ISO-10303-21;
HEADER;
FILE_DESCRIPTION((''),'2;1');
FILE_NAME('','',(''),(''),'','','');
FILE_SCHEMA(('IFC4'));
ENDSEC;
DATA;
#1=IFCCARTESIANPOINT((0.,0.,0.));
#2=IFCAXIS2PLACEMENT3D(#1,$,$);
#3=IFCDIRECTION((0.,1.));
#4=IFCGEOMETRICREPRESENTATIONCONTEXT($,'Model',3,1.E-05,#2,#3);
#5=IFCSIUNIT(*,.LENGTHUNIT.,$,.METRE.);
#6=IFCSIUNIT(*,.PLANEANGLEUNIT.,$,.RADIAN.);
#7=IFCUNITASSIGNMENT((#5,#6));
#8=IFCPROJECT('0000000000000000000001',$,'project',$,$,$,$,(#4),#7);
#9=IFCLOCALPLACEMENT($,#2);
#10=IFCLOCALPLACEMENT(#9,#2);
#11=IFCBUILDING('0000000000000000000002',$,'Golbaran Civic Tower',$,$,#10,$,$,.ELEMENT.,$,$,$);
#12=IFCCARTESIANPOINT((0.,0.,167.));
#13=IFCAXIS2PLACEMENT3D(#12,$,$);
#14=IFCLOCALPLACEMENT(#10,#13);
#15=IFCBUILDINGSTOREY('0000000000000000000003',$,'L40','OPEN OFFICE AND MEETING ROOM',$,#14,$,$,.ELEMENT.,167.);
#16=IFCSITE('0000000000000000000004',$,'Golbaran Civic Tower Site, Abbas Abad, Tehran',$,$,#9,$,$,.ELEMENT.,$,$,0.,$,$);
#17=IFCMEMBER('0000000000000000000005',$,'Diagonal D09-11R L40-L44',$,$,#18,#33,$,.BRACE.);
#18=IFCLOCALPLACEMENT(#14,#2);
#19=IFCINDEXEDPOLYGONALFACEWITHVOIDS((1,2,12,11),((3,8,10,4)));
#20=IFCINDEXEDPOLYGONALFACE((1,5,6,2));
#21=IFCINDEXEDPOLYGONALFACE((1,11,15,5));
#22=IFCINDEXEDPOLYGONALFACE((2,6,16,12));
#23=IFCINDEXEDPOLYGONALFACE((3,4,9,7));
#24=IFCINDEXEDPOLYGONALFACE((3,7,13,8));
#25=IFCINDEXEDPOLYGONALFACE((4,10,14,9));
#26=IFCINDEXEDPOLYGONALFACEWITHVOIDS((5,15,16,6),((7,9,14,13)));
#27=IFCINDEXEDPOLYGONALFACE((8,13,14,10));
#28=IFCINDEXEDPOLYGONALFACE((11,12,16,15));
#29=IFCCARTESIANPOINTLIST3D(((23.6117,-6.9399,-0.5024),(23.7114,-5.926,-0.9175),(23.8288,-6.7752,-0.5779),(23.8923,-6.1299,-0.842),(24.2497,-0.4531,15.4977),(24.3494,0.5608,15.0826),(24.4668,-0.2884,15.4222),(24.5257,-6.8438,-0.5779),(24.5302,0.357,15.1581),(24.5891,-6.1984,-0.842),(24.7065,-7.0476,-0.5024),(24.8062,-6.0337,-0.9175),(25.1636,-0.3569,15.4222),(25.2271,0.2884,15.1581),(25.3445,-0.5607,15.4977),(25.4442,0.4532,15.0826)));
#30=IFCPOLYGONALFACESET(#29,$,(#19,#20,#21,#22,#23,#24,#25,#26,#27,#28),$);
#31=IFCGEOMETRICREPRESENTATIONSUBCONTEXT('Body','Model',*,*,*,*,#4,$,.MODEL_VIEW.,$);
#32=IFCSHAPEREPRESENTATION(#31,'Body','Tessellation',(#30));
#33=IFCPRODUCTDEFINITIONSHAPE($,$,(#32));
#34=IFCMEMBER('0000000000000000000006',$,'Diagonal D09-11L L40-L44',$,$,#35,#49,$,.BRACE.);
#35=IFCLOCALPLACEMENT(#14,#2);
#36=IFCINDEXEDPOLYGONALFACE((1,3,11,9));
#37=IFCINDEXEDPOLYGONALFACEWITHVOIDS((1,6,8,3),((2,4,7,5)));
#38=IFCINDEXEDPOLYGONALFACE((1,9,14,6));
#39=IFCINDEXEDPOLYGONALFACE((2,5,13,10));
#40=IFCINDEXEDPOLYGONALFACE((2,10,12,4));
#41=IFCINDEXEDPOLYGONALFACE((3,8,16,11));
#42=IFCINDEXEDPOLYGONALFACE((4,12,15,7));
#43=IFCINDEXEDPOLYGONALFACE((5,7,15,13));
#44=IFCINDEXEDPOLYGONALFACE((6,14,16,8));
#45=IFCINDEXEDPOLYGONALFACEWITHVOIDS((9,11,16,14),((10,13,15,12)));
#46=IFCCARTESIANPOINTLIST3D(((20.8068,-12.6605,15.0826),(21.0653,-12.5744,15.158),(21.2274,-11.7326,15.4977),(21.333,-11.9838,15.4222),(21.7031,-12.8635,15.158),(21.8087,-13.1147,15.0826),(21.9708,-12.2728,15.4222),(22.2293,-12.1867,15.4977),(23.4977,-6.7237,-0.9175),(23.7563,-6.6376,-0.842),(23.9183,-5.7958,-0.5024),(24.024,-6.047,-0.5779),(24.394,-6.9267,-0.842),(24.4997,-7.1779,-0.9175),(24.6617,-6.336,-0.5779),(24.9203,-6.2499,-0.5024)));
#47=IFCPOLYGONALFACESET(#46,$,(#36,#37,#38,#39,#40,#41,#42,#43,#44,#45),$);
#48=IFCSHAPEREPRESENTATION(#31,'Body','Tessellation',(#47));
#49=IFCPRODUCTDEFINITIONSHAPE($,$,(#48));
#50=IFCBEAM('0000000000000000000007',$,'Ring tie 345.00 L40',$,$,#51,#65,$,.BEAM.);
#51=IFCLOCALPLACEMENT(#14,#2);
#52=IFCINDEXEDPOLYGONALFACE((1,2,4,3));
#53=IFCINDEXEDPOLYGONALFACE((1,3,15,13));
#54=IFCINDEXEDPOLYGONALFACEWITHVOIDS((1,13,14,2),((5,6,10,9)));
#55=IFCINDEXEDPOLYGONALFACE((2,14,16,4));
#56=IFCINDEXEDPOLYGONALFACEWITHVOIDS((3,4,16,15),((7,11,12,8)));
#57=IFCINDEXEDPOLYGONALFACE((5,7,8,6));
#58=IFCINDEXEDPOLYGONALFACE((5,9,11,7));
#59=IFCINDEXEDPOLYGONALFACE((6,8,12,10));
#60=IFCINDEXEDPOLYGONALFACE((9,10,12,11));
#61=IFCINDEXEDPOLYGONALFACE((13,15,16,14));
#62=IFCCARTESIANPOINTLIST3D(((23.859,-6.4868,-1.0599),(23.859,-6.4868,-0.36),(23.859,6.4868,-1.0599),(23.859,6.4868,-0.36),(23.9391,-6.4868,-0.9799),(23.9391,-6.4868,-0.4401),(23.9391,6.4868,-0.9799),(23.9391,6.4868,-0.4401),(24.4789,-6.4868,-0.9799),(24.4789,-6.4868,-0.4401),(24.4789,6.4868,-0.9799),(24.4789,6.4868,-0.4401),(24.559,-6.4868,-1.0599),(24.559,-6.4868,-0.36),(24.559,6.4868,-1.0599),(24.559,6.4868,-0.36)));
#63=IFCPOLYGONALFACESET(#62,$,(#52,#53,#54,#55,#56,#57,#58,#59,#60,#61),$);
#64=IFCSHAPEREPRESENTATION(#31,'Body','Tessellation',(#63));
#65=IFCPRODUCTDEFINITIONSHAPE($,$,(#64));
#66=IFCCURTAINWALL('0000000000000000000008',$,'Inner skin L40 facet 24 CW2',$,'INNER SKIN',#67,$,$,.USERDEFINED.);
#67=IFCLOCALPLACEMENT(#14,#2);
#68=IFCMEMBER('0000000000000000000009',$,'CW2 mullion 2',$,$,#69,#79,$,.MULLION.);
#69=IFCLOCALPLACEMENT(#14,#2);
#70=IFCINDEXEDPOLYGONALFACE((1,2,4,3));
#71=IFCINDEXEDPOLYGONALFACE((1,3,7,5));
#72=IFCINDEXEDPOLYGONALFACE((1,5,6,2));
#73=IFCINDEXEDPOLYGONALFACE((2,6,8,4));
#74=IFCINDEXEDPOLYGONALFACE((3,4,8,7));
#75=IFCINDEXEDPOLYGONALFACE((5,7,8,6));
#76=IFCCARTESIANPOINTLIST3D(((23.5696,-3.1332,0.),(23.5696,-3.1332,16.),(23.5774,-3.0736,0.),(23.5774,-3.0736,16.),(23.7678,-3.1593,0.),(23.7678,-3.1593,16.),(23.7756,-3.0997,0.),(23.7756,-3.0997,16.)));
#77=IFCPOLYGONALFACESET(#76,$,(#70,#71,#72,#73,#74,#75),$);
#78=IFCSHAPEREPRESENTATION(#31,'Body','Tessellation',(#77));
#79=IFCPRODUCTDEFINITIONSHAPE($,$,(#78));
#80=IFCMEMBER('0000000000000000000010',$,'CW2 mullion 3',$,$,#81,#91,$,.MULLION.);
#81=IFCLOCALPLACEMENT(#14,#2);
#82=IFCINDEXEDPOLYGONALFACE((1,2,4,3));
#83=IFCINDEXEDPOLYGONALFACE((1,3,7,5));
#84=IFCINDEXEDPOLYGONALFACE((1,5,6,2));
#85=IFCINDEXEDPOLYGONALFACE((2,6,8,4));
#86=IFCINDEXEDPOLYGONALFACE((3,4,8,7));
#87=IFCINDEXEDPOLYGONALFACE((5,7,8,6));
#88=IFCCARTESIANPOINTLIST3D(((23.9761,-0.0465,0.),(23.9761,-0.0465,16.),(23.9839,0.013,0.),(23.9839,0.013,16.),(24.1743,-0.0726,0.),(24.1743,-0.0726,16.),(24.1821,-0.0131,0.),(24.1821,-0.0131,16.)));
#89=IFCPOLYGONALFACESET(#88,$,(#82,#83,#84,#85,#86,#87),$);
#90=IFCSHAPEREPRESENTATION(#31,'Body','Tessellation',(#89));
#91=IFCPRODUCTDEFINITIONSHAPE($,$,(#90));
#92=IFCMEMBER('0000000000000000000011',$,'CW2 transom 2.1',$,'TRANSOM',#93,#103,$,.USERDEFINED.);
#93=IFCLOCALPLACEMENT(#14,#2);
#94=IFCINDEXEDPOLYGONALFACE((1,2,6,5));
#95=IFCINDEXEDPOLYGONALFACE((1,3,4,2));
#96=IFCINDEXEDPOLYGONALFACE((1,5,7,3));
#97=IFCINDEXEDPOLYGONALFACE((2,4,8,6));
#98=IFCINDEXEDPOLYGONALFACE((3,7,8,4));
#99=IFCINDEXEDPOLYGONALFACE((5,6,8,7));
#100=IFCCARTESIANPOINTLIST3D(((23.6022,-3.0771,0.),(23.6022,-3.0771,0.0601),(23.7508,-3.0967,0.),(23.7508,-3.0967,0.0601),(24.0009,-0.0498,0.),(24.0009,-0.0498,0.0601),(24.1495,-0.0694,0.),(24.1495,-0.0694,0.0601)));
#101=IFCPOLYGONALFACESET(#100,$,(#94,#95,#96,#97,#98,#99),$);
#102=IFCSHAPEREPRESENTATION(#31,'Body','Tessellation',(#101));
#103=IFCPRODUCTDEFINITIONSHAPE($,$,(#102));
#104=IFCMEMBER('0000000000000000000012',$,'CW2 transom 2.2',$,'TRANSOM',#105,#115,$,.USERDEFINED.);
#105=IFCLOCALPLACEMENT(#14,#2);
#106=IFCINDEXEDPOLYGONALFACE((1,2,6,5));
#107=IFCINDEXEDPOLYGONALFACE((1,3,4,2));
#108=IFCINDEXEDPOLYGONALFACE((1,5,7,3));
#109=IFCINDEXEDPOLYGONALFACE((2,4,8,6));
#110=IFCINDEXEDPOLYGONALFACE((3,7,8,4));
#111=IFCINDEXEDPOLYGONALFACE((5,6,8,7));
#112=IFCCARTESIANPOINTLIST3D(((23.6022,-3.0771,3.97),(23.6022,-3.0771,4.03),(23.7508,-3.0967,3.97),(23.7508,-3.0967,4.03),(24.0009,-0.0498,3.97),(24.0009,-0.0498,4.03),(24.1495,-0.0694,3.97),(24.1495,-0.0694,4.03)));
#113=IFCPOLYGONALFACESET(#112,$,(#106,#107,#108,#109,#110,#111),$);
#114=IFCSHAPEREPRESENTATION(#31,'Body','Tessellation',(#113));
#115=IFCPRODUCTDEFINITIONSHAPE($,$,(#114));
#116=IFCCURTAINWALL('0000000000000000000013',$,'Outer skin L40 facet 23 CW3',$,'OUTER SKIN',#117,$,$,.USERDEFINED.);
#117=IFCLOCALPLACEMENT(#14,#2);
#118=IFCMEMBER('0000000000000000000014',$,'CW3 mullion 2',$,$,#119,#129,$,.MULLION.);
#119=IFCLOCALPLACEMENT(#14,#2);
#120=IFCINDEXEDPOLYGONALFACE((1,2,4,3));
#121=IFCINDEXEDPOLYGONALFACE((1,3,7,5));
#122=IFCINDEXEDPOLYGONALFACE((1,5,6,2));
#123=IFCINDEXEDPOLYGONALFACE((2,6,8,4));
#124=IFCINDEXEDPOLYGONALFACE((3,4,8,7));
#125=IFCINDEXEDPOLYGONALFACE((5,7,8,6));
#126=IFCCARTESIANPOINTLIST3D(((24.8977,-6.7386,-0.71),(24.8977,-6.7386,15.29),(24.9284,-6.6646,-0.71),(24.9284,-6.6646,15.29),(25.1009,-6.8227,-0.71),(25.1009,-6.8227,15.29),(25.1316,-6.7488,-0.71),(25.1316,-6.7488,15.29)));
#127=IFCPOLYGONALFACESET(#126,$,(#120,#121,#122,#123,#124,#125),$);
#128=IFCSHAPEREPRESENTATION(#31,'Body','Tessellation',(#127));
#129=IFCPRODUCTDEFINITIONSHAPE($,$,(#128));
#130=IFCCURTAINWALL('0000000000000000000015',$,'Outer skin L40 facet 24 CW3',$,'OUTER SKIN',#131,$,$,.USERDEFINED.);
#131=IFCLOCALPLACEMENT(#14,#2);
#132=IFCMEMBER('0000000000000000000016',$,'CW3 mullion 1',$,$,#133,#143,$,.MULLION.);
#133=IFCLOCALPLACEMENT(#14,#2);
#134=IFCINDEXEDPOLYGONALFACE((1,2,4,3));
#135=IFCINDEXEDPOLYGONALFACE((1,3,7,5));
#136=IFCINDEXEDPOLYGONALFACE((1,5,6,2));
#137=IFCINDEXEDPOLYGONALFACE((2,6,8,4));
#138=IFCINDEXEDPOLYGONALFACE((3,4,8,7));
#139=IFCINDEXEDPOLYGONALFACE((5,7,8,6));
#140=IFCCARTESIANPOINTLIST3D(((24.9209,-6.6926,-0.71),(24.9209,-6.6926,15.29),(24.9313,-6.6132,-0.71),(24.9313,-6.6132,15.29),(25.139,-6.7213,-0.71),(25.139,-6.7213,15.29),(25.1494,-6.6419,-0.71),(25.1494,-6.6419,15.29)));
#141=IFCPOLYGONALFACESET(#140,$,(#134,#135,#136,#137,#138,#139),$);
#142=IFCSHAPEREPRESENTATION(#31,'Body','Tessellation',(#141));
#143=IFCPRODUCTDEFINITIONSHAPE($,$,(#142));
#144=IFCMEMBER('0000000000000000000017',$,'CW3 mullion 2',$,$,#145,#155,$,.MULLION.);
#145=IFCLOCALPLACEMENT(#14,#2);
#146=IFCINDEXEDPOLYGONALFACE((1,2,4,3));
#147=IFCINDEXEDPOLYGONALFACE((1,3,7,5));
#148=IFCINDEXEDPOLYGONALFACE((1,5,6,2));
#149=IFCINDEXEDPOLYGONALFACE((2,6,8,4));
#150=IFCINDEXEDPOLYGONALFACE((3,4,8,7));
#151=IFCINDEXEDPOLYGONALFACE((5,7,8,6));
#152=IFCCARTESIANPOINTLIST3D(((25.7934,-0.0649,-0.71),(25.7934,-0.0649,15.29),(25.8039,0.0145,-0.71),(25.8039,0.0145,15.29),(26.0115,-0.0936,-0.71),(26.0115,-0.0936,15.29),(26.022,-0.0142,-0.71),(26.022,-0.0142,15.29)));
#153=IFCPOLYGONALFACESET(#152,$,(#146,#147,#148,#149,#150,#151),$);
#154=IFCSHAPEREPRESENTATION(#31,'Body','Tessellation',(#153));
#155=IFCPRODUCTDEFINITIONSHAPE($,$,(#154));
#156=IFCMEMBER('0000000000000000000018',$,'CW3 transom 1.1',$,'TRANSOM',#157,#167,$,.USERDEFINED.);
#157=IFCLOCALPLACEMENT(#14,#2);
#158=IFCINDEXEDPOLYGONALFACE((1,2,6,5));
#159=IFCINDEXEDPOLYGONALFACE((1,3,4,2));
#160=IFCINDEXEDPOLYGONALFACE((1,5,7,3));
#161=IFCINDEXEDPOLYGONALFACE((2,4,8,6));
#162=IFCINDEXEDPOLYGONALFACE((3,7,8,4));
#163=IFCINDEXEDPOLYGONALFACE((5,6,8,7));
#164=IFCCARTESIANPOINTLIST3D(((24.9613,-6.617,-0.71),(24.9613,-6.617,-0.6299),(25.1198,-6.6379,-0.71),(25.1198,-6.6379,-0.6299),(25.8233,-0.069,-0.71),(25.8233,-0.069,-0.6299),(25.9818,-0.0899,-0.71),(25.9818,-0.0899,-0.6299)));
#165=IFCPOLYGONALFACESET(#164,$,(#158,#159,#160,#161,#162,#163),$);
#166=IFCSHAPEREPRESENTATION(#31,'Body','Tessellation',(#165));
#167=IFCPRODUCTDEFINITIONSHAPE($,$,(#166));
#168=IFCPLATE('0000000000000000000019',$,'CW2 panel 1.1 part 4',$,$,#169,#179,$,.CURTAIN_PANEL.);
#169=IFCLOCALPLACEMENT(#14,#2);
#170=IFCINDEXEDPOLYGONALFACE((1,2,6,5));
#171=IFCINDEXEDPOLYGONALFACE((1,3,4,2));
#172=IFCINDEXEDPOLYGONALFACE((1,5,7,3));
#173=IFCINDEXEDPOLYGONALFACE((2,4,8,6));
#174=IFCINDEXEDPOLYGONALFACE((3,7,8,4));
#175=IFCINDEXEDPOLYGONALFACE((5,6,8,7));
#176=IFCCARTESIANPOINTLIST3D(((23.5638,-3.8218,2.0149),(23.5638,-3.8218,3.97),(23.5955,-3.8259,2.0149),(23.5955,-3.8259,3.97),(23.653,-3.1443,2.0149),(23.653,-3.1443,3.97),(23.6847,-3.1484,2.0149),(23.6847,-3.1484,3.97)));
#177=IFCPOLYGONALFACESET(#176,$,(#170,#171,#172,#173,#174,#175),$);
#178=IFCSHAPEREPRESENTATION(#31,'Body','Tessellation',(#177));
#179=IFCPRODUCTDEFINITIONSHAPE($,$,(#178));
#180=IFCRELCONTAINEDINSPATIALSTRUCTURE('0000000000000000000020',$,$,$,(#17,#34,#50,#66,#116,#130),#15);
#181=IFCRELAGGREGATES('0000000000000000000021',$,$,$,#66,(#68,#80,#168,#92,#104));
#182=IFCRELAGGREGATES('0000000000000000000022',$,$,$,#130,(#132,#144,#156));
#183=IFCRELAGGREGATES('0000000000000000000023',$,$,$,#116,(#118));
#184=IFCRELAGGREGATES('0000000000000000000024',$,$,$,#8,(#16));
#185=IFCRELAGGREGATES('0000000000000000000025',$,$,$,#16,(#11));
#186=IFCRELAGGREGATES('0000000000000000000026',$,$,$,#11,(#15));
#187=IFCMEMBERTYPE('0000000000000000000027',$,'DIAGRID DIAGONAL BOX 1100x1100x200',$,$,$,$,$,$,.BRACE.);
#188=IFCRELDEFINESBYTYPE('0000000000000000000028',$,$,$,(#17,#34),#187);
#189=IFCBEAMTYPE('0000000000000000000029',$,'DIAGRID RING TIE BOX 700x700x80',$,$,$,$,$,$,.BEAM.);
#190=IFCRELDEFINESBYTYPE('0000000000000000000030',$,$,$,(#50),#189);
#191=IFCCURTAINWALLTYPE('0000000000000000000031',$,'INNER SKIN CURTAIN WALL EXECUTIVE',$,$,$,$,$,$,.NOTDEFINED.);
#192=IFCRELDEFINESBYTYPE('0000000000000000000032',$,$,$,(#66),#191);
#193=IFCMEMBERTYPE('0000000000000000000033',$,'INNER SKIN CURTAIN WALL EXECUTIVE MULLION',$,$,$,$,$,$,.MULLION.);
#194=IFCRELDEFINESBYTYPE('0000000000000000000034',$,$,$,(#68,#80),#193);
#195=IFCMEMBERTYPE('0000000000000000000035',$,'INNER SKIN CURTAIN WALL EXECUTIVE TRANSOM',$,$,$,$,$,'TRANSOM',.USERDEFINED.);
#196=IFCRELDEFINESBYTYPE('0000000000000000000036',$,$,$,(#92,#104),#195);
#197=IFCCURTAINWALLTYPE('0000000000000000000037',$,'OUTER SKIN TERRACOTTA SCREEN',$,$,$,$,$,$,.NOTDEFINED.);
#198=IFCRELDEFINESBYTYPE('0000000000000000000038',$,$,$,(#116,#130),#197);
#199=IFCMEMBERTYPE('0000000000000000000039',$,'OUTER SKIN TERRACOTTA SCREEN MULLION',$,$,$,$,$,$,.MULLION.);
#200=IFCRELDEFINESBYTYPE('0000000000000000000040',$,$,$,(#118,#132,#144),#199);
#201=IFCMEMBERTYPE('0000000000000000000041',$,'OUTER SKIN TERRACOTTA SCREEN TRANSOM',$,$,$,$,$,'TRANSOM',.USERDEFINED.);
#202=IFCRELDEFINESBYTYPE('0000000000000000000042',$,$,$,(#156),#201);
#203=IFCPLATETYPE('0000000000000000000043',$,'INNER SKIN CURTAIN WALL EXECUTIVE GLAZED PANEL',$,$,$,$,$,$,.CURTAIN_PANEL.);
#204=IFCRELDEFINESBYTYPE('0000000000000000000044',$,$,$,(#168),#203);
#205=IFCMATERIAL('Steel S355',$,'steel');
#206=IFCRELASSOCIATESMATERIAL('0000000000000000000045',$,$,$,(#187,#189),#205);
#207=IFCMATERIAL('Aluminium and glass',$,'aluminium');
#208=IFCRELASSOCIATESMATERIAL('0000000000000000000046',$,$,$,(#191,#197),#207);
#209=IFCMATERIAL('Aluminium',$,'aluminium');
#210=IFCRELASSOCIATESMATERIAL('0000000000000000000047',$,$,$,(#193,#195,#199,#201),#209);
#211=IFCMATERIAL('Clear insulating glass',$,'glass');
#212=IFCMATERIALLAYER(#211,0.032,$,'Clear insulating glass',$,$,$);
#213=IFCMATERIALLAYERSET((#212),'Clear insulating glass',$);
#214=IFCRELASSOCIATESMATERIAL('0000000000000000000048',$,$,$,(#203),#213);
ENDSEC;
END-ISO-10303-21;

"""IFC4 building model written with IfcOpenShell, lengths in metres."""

from ifc_helpers import new_model, si_unit, direction, frame, origin, origin_2d, place, context, subcontext, project, spatial, rectangle, hollow_rectangle, extrude, material, layer, layer_set, material_profile, profile_set, type_object, element, aggregate, save


model = new_model("IFC4")

# Units and contexts
model_context = context("Model", 3, precision=1e-05, world=origin(), true_north=direction((0.0, 1.0)))
body_context = subcontext(model_context, "Body", "Model", "MODEL_VIEW")
ifc_project = project(units=[si_unit("LENGTHUNIT", "METRE"), si_unit("PLANEANGLEUNIT", "RADIAN")], contexts=[model_context])

# Site, building, storey
site_placement = place(None, origin())
site = spatial("IfcSite", under=ifc_project, at=site_placement, Name="Golbaran Civic Tower Site, Abbas Abad, Tehran", CompositionType="ELEMENT", RefElevation=0.0)
building_placement = place(site_placement, origin())
building = spatial("IfcBuilding", under=site, at=building_placement, Name="Golbaran Civic Tower", CompositionType="ELEMENT")
storey_placement = place(building_placement, frame((0.0, 0.0, 167.0)))
storey = spatial("IfcBuildingStorey", under=building, at=storey_placement, Name="L40", Description="OPEN OFFICE AND MEETING ROOM", CompositionType="ELEMENT", Elevation=167.0)

# Members
ifc_material_1 = material(Name="Steel S355", Category="steel")
ifc_material_profile_1 = material_profile(ifc_material_1, hollow_rectangle(XDim=1.1001, YDim=1.1001, WallThickness=0.2, at=origin_2d()), Name="BOX 1100x1100x200")
ifc_profile_set_1 = profile_set([ifc_material_profile_1], Name="Steel S355")
member_type_1 = type_object("IfcMemberType", Name="DIAGRID DIAGONAL BOX 1100x1100x200", PredefinedType="BRACE", material=ifc_profile_set_1)
for number, where, z_axis, x_axis, name in (
    (1, (24.209, -6.4868, -0.71), (0.036925, 0.375465, 0.926101), (-0.995199, 0.097872, 0.0), "Diagonal D09-11R L40-L44"),
    (2, (24.209, -6.4868, -0.71), (-0.155754, -0.343627, 0.9261), (0.910806, -0.412835, 0.0), "Diagonal D09-11L L40-L44"),
):
    element("IfcMember", number, at=place(storey_placement, frame(where, z_axis=z_axis, x_axis=x_axis)), inside=storey, type_object=member_type_1, Name=name, PredefinedType="BRACE", context=body_context, shape_type="SweptSolid", body=[
        extrude(hollow_rectangle(XDim=1.1001, YDim=1.1001, WallThickness=0.2, at=origin_2d()), origin(), (0.0, 0.0, 1.0), 17.2769),
    ])

# Beam
ifc_material_profile_2 = material_profile(ifc_material_1, hollow_rectangle(XDim=0.7, YDim=0.7, WallThickness=0.0801, at=origin_2d()), Name="BOX 700x700x80")
ifc_profile_set_2 = profile_set([ifc_material_profile_2], Name="Steel S355")
beam_type = type_object("IfcBeamType", Name="DIAGRID RING TIE BOX 700x700x80", PredefinedType="BEAM", material=ifc_profile_set_2)
beam_placement = place(storey_placement, frame((24.209, -6.4868, -0.71), z_axis=(0.0, 1.0, 0.0), x_axis=(-1.0, 0.0, 0.0)))
element("IfcBeam", 3, at=beam_placement, inside=storey, type_object=beam_type, Name="Ring tie 345.00 L40", PredefinedType="BEAM", context=body_context, shape_type="SweptSolid", body=[
    extrude(hollow_rectangle(XDim=0.7, YDim=0.7, WallThickness=0.0801, at=origin_2d()), origin(), (0.0, 0.0, 1.0), 12.9736),
])

# Curtain wall, members
ifc_material_2 = material(Name="Aluminium and glass", Category="aluminium")
curtain_wall_type_1 = type_object("IfcCurtainWallType", Name="INNER SKIN CURTAIN WALL EXECUTIVE", PredefinedType="NOTDEFINED", material=ifc_material_2)
curtain_wall_1_placement = place(storey_placement, origin())
curtain_wall_1 = element("IfcCurtainWall", 4, at=curtain_wall_1_placement, inside=storey, type_object=curtain_wall_type_1, Name="Inner skin L40 facet 24 CW2", ObjectType="INNER SKIN", PredefinedType="USERDEFINED")
ifc_material_3 = material(Name="Aluminium", Category="aluminium")
ifc_material_profile_3 = material_profile(ifc_material_3, rectangle(XDim=0.2, YDim=0.0601, at=origin_2d()), Name="INNER SKIN CURTAIN WALL EXECUTIVE MULLION")
ifc_profile_set_3 = profile_set([ifc_material_profile_3], Name="Aluminium")
member_type_2 = type_object("IfcMemberType", Name="INNER SKIN CURTAIN WALL EXECUTIVE MULLION", PredefinedType="MULLION", material=ifc_profile_set_3)
member_1_placement = place(storey_placement, frame((23.6726, -3.1165, 0.0), z_axis=(0.0, 0.0, 1.0), x_axis=(-0.991445, 0.130526, 0.0)))
member_1 = element("IfcMember", 5, at=member_1_placement, type_object=member_type_2, Name="CW2 mullion 2", PredefinedType="MULLION", context=body_context, shape_type="SweptSolid", body=[
    extrude(rectangle(XDim=0.2, YDim=0.0601, at=origin_2d()), origin(), (0.0, 0.0, 1.0), 16.0),
])
member_2_placement = place(storey_placement, frame((24.0791, -0.0298, 0.0), z_axis=(0.0, 0.0, 1.0), x_axis=(-0.991445, 0.130526, 0.0)))
member_2 = element("IfcMember", 6, at=member_2_placement, type_object=member_type_2, Name="CW2 mullion 3", PredefinedType="MULLION", context=body_context, shape_type="SweptSolid", body=[
    extrude(rectangle(XDim=0.2, YDim=0.0601, at=origin_2d()), origin(), (0.0, 0.0, 1.0), 16.0),
])
ifc_material_profile_4 = material_profile(ifc_material_3, rectangle(XDim=0.1499, YDim=0.0601, at=origin_2d()), Name="INNER SKIN CURTAIN WALL EXECUTIVE TRANSOM")
ifc_profile_set_4 = profile_set([ifc_material_profile_4], Name="Aluminium")
member_type_3 = type_object("IfcMemberType", Name="INNER SKIN CURTAIN WALL EXECUTIVE TRANSOM", ElementType="TRANSOM", PredefinedType="USERDEFINED", material=ifc_profile_set_4)
member_3_placement = place(storey_placement, frame((23.6765, -3.0869, 0.03), z_axis=(0.130566, 0.99144, 0.0), x_axis=(-0.99144, 0.130566, 0.0)))
member_3 = element("IfcMember", 7, at=member_3_placement, type_object=member_type_3, Name="CW2 transom 2.1", ObjectType="TRANSOM", PredefinedType="USERDEFINED", context=body_context, shape_type="SweptSolid", body=[
    extrude(rectangle(XDim=0.1499, YDim=0.0601, at=origin_2d()), origin(), (0.0, 0.0, 1.0), 3.0535),
])
member_4_placement = place(storey_placement, frame((23.6765, -3.0869, 4.0), z_axis=(0.130566, 0.99144, 0.0), x_axis=(-0.99144, 0.130566, 0.0)))
member_4 = element("IfcMember", 8, at=member_4_placement, type_object=member_type_3, Name="CW2 transom 2.2", ObjectType="TRANSOM", PredefinedType="USERDEFINED", context=body_context, shape_type="SweptSolid", body=[
    extrude(rectangle(XDim=0.1499, YDim=0.0601, at=origin_2d()), origin(), (0.0, 0.0, 1.0), 3.0535),
])

# Curtain wall, member
curtain_wall_type_2 = type_object("IfcCurtainWallType", Name="OUTER SKIN TERRACOTTA SCREEN", PredefinedType="NOTDEFINED", material=ifc_material_2)
curtain_wall_2_placement = place(storey_placement, origin())
curtain_wall_2 = element("IfcCurtainWall", 9, at=curtain_wall_2_placement, inside=storey, type_object=curtain_wall_type_2, Name="Outer skin L40 facet 23 CW3", ObjectType="OUTER SKIN", PredefinedType="USERDEFINED")
ifc_material_profile_5 = material_profile(ifc_material_3, rectangle(XDim=0.22, YDim=0.0801, at=origin_2d()), Name="OUTER SKIN TERRACOTTA SCREEN MULLION")
ifc_profile_set_5 = profile_set([ifc_material_profile_5], Name="Aluminium")
member_type_4 = type_object("IfcMemberType", Name="OUTER SKIN TERRACOTTA SCREEN MULLION", PredefinedType="MULLION", material=ifc_profile_set_5)
member_5_placement = place(storey_placement, frame((25.0146, -6.7437, -0.71), z_axis=(0.0, 0.0, 1.0), x_axis=(-0.92388, 0.382683, 0.0)))
member_5 = element("IfcMember", 10, at=member_5_placement, type_object=member_type_4, Name="CW3 mullion 2", PredefinedType="MULLION", context=body_context, shape_type="SweptSolid", body=[
    extrude(rectangle(XDim=0.22, YDim=0.0801, at=origin_2d()), origin(), (0.0, 0.0, 1.0), 16.0),
])

# Curtain wall, members
curtain_wall_3_placement = place(storey_placement, origin())
curtain_wall_3 = element("IfcCurtainWall", 11, at=curtain_wall_3_placement, inside=storey, type_object=curtain_wall_type_2, Name="Outer skin L40 facet 24 CW3", ObjectType="OUTER SKIN", PredefinedType="USERDEFINED")
member_6_placement = place(storey_placement, frame((25.0352, -6.6672, -0.71), z_axis=(0.0, 0.0, 1.0), x_axis=(-0.991445, 0.130526, 0.0)))
member_6 = element("IfcMember", 12, at=member_6_placement, type_object=member_type_4, Name="CW3 mullion 1", PredefinedType="MULLION", context=body_context, shape_type="SweptSolid", body=[
    extrude(rectangle(XDim=0.22, YDim=0.0801, at=origin_2d()), origin(), (0.0, 0.0, 1.0), 16.0),
])
member_7_placement = place(storey_placement, frame((25.9077, -0.0396, -0.71), z_axis=(0.0, 0.0, 1.0), x_axis=(-0.991445, 0.130526, 0.0)))
member_7 = element("IfcMember", 13, at=member_7_placement, type_object=member_type_4, Name="CW3 mullion 2", PredefinedType="MULLION", context=body_context, shape_type="SweptSolid", body=[
    extrude(rectangle(XDim=0.22, YDim=0.0801, at=origin_2d()), origin(), (0.0, 0.0, 1.0), 16.0),
])
ifc_material_profile_6 = material_profile(ifc_material_3, rectangle(XDim=0.1599, YDim=0.0801, at=origin_2d()), Name="OUTER SKIN TERRACOTTA SCREEN TRANSOM")
ifc_profile_set_6 = profile_set([ifc_material_profile_6], Name="Aluminium")
member_type_5 = type_object("IfcMemberType", Name="OUTER SKIN TERRACOTTA SCREEN TRANSOM", ElementType="TRANSOM", PredefinedType="USERDEFINED", material=ifc_profile_set_6)
member_8_placement = place(storey_placement, frame((25.0405, -6.6274, -0.6699), z_axis=(0.130524, 0.991445, 0.0), x_axis=(-0.991445, 0.130524, 0.0)))
member_8 = element("IfcMember", 14, at=member_8_placement, type_object=member_type_5, Name="CW3 transom 1.1", ObjectType="TRANSOM", PredefinedType="USERDEFINED", context=body_context, shape_type="SweptSolid", body=[
    extrude(rectangle(XDim=0.1599, YDim=0.0801, at=origin_2d()), origin(), (0.0, 0.0, 1.0), 6.6045),
])

# Plate
ifc_material_4 = material(Name="Clear insulating glass", Category="glass")
ifc_layer_1 = layer(ifc_material_4, 0.032, Name="Clear insulating glass")
ifc_layer_set_1 = layer_set([ifc_layer_1], Name="Clear insulating glass")
plate_type_1 = type_object("IfcPlateType", Name="INNER SKIN CURTAIN WALL EXECUTIVE GLAZED PANEL", PredefinedType="CURTAIN_PANEL", material=ifc_layer_set_1)
plate_1_placement = place(storey_placement, frame((23.6243, -3.4851, 2.0149), z_axis=(0.0, 0.0, 1.0), x_axis=(0.130526, 0.991445, 0.0)))
plate_1 = element("IfcPlate", 15, at=plate_1_placement, type_object=plate_type_1, Name="CW2 panel 1.1 part 4", PredefinedType="CURTAIN_PANEL", context=body_context, shape_type="SweptSolid", body=[
    extrude(rectangle(XDim=0.6833, YDim=0.032, at=origin_2d()), origin(), (0.0, 0.0, 1.0), 1.9551),
])
aggregate(curtain_wall_1, [member_1, member_2, plate_1, member_3, member_4])
aggregate(curtain_wall_3, [member_6, member_7, member_8])
aggregate(curtain_wall_2, [member_5])

save(model, "model.ifc")
